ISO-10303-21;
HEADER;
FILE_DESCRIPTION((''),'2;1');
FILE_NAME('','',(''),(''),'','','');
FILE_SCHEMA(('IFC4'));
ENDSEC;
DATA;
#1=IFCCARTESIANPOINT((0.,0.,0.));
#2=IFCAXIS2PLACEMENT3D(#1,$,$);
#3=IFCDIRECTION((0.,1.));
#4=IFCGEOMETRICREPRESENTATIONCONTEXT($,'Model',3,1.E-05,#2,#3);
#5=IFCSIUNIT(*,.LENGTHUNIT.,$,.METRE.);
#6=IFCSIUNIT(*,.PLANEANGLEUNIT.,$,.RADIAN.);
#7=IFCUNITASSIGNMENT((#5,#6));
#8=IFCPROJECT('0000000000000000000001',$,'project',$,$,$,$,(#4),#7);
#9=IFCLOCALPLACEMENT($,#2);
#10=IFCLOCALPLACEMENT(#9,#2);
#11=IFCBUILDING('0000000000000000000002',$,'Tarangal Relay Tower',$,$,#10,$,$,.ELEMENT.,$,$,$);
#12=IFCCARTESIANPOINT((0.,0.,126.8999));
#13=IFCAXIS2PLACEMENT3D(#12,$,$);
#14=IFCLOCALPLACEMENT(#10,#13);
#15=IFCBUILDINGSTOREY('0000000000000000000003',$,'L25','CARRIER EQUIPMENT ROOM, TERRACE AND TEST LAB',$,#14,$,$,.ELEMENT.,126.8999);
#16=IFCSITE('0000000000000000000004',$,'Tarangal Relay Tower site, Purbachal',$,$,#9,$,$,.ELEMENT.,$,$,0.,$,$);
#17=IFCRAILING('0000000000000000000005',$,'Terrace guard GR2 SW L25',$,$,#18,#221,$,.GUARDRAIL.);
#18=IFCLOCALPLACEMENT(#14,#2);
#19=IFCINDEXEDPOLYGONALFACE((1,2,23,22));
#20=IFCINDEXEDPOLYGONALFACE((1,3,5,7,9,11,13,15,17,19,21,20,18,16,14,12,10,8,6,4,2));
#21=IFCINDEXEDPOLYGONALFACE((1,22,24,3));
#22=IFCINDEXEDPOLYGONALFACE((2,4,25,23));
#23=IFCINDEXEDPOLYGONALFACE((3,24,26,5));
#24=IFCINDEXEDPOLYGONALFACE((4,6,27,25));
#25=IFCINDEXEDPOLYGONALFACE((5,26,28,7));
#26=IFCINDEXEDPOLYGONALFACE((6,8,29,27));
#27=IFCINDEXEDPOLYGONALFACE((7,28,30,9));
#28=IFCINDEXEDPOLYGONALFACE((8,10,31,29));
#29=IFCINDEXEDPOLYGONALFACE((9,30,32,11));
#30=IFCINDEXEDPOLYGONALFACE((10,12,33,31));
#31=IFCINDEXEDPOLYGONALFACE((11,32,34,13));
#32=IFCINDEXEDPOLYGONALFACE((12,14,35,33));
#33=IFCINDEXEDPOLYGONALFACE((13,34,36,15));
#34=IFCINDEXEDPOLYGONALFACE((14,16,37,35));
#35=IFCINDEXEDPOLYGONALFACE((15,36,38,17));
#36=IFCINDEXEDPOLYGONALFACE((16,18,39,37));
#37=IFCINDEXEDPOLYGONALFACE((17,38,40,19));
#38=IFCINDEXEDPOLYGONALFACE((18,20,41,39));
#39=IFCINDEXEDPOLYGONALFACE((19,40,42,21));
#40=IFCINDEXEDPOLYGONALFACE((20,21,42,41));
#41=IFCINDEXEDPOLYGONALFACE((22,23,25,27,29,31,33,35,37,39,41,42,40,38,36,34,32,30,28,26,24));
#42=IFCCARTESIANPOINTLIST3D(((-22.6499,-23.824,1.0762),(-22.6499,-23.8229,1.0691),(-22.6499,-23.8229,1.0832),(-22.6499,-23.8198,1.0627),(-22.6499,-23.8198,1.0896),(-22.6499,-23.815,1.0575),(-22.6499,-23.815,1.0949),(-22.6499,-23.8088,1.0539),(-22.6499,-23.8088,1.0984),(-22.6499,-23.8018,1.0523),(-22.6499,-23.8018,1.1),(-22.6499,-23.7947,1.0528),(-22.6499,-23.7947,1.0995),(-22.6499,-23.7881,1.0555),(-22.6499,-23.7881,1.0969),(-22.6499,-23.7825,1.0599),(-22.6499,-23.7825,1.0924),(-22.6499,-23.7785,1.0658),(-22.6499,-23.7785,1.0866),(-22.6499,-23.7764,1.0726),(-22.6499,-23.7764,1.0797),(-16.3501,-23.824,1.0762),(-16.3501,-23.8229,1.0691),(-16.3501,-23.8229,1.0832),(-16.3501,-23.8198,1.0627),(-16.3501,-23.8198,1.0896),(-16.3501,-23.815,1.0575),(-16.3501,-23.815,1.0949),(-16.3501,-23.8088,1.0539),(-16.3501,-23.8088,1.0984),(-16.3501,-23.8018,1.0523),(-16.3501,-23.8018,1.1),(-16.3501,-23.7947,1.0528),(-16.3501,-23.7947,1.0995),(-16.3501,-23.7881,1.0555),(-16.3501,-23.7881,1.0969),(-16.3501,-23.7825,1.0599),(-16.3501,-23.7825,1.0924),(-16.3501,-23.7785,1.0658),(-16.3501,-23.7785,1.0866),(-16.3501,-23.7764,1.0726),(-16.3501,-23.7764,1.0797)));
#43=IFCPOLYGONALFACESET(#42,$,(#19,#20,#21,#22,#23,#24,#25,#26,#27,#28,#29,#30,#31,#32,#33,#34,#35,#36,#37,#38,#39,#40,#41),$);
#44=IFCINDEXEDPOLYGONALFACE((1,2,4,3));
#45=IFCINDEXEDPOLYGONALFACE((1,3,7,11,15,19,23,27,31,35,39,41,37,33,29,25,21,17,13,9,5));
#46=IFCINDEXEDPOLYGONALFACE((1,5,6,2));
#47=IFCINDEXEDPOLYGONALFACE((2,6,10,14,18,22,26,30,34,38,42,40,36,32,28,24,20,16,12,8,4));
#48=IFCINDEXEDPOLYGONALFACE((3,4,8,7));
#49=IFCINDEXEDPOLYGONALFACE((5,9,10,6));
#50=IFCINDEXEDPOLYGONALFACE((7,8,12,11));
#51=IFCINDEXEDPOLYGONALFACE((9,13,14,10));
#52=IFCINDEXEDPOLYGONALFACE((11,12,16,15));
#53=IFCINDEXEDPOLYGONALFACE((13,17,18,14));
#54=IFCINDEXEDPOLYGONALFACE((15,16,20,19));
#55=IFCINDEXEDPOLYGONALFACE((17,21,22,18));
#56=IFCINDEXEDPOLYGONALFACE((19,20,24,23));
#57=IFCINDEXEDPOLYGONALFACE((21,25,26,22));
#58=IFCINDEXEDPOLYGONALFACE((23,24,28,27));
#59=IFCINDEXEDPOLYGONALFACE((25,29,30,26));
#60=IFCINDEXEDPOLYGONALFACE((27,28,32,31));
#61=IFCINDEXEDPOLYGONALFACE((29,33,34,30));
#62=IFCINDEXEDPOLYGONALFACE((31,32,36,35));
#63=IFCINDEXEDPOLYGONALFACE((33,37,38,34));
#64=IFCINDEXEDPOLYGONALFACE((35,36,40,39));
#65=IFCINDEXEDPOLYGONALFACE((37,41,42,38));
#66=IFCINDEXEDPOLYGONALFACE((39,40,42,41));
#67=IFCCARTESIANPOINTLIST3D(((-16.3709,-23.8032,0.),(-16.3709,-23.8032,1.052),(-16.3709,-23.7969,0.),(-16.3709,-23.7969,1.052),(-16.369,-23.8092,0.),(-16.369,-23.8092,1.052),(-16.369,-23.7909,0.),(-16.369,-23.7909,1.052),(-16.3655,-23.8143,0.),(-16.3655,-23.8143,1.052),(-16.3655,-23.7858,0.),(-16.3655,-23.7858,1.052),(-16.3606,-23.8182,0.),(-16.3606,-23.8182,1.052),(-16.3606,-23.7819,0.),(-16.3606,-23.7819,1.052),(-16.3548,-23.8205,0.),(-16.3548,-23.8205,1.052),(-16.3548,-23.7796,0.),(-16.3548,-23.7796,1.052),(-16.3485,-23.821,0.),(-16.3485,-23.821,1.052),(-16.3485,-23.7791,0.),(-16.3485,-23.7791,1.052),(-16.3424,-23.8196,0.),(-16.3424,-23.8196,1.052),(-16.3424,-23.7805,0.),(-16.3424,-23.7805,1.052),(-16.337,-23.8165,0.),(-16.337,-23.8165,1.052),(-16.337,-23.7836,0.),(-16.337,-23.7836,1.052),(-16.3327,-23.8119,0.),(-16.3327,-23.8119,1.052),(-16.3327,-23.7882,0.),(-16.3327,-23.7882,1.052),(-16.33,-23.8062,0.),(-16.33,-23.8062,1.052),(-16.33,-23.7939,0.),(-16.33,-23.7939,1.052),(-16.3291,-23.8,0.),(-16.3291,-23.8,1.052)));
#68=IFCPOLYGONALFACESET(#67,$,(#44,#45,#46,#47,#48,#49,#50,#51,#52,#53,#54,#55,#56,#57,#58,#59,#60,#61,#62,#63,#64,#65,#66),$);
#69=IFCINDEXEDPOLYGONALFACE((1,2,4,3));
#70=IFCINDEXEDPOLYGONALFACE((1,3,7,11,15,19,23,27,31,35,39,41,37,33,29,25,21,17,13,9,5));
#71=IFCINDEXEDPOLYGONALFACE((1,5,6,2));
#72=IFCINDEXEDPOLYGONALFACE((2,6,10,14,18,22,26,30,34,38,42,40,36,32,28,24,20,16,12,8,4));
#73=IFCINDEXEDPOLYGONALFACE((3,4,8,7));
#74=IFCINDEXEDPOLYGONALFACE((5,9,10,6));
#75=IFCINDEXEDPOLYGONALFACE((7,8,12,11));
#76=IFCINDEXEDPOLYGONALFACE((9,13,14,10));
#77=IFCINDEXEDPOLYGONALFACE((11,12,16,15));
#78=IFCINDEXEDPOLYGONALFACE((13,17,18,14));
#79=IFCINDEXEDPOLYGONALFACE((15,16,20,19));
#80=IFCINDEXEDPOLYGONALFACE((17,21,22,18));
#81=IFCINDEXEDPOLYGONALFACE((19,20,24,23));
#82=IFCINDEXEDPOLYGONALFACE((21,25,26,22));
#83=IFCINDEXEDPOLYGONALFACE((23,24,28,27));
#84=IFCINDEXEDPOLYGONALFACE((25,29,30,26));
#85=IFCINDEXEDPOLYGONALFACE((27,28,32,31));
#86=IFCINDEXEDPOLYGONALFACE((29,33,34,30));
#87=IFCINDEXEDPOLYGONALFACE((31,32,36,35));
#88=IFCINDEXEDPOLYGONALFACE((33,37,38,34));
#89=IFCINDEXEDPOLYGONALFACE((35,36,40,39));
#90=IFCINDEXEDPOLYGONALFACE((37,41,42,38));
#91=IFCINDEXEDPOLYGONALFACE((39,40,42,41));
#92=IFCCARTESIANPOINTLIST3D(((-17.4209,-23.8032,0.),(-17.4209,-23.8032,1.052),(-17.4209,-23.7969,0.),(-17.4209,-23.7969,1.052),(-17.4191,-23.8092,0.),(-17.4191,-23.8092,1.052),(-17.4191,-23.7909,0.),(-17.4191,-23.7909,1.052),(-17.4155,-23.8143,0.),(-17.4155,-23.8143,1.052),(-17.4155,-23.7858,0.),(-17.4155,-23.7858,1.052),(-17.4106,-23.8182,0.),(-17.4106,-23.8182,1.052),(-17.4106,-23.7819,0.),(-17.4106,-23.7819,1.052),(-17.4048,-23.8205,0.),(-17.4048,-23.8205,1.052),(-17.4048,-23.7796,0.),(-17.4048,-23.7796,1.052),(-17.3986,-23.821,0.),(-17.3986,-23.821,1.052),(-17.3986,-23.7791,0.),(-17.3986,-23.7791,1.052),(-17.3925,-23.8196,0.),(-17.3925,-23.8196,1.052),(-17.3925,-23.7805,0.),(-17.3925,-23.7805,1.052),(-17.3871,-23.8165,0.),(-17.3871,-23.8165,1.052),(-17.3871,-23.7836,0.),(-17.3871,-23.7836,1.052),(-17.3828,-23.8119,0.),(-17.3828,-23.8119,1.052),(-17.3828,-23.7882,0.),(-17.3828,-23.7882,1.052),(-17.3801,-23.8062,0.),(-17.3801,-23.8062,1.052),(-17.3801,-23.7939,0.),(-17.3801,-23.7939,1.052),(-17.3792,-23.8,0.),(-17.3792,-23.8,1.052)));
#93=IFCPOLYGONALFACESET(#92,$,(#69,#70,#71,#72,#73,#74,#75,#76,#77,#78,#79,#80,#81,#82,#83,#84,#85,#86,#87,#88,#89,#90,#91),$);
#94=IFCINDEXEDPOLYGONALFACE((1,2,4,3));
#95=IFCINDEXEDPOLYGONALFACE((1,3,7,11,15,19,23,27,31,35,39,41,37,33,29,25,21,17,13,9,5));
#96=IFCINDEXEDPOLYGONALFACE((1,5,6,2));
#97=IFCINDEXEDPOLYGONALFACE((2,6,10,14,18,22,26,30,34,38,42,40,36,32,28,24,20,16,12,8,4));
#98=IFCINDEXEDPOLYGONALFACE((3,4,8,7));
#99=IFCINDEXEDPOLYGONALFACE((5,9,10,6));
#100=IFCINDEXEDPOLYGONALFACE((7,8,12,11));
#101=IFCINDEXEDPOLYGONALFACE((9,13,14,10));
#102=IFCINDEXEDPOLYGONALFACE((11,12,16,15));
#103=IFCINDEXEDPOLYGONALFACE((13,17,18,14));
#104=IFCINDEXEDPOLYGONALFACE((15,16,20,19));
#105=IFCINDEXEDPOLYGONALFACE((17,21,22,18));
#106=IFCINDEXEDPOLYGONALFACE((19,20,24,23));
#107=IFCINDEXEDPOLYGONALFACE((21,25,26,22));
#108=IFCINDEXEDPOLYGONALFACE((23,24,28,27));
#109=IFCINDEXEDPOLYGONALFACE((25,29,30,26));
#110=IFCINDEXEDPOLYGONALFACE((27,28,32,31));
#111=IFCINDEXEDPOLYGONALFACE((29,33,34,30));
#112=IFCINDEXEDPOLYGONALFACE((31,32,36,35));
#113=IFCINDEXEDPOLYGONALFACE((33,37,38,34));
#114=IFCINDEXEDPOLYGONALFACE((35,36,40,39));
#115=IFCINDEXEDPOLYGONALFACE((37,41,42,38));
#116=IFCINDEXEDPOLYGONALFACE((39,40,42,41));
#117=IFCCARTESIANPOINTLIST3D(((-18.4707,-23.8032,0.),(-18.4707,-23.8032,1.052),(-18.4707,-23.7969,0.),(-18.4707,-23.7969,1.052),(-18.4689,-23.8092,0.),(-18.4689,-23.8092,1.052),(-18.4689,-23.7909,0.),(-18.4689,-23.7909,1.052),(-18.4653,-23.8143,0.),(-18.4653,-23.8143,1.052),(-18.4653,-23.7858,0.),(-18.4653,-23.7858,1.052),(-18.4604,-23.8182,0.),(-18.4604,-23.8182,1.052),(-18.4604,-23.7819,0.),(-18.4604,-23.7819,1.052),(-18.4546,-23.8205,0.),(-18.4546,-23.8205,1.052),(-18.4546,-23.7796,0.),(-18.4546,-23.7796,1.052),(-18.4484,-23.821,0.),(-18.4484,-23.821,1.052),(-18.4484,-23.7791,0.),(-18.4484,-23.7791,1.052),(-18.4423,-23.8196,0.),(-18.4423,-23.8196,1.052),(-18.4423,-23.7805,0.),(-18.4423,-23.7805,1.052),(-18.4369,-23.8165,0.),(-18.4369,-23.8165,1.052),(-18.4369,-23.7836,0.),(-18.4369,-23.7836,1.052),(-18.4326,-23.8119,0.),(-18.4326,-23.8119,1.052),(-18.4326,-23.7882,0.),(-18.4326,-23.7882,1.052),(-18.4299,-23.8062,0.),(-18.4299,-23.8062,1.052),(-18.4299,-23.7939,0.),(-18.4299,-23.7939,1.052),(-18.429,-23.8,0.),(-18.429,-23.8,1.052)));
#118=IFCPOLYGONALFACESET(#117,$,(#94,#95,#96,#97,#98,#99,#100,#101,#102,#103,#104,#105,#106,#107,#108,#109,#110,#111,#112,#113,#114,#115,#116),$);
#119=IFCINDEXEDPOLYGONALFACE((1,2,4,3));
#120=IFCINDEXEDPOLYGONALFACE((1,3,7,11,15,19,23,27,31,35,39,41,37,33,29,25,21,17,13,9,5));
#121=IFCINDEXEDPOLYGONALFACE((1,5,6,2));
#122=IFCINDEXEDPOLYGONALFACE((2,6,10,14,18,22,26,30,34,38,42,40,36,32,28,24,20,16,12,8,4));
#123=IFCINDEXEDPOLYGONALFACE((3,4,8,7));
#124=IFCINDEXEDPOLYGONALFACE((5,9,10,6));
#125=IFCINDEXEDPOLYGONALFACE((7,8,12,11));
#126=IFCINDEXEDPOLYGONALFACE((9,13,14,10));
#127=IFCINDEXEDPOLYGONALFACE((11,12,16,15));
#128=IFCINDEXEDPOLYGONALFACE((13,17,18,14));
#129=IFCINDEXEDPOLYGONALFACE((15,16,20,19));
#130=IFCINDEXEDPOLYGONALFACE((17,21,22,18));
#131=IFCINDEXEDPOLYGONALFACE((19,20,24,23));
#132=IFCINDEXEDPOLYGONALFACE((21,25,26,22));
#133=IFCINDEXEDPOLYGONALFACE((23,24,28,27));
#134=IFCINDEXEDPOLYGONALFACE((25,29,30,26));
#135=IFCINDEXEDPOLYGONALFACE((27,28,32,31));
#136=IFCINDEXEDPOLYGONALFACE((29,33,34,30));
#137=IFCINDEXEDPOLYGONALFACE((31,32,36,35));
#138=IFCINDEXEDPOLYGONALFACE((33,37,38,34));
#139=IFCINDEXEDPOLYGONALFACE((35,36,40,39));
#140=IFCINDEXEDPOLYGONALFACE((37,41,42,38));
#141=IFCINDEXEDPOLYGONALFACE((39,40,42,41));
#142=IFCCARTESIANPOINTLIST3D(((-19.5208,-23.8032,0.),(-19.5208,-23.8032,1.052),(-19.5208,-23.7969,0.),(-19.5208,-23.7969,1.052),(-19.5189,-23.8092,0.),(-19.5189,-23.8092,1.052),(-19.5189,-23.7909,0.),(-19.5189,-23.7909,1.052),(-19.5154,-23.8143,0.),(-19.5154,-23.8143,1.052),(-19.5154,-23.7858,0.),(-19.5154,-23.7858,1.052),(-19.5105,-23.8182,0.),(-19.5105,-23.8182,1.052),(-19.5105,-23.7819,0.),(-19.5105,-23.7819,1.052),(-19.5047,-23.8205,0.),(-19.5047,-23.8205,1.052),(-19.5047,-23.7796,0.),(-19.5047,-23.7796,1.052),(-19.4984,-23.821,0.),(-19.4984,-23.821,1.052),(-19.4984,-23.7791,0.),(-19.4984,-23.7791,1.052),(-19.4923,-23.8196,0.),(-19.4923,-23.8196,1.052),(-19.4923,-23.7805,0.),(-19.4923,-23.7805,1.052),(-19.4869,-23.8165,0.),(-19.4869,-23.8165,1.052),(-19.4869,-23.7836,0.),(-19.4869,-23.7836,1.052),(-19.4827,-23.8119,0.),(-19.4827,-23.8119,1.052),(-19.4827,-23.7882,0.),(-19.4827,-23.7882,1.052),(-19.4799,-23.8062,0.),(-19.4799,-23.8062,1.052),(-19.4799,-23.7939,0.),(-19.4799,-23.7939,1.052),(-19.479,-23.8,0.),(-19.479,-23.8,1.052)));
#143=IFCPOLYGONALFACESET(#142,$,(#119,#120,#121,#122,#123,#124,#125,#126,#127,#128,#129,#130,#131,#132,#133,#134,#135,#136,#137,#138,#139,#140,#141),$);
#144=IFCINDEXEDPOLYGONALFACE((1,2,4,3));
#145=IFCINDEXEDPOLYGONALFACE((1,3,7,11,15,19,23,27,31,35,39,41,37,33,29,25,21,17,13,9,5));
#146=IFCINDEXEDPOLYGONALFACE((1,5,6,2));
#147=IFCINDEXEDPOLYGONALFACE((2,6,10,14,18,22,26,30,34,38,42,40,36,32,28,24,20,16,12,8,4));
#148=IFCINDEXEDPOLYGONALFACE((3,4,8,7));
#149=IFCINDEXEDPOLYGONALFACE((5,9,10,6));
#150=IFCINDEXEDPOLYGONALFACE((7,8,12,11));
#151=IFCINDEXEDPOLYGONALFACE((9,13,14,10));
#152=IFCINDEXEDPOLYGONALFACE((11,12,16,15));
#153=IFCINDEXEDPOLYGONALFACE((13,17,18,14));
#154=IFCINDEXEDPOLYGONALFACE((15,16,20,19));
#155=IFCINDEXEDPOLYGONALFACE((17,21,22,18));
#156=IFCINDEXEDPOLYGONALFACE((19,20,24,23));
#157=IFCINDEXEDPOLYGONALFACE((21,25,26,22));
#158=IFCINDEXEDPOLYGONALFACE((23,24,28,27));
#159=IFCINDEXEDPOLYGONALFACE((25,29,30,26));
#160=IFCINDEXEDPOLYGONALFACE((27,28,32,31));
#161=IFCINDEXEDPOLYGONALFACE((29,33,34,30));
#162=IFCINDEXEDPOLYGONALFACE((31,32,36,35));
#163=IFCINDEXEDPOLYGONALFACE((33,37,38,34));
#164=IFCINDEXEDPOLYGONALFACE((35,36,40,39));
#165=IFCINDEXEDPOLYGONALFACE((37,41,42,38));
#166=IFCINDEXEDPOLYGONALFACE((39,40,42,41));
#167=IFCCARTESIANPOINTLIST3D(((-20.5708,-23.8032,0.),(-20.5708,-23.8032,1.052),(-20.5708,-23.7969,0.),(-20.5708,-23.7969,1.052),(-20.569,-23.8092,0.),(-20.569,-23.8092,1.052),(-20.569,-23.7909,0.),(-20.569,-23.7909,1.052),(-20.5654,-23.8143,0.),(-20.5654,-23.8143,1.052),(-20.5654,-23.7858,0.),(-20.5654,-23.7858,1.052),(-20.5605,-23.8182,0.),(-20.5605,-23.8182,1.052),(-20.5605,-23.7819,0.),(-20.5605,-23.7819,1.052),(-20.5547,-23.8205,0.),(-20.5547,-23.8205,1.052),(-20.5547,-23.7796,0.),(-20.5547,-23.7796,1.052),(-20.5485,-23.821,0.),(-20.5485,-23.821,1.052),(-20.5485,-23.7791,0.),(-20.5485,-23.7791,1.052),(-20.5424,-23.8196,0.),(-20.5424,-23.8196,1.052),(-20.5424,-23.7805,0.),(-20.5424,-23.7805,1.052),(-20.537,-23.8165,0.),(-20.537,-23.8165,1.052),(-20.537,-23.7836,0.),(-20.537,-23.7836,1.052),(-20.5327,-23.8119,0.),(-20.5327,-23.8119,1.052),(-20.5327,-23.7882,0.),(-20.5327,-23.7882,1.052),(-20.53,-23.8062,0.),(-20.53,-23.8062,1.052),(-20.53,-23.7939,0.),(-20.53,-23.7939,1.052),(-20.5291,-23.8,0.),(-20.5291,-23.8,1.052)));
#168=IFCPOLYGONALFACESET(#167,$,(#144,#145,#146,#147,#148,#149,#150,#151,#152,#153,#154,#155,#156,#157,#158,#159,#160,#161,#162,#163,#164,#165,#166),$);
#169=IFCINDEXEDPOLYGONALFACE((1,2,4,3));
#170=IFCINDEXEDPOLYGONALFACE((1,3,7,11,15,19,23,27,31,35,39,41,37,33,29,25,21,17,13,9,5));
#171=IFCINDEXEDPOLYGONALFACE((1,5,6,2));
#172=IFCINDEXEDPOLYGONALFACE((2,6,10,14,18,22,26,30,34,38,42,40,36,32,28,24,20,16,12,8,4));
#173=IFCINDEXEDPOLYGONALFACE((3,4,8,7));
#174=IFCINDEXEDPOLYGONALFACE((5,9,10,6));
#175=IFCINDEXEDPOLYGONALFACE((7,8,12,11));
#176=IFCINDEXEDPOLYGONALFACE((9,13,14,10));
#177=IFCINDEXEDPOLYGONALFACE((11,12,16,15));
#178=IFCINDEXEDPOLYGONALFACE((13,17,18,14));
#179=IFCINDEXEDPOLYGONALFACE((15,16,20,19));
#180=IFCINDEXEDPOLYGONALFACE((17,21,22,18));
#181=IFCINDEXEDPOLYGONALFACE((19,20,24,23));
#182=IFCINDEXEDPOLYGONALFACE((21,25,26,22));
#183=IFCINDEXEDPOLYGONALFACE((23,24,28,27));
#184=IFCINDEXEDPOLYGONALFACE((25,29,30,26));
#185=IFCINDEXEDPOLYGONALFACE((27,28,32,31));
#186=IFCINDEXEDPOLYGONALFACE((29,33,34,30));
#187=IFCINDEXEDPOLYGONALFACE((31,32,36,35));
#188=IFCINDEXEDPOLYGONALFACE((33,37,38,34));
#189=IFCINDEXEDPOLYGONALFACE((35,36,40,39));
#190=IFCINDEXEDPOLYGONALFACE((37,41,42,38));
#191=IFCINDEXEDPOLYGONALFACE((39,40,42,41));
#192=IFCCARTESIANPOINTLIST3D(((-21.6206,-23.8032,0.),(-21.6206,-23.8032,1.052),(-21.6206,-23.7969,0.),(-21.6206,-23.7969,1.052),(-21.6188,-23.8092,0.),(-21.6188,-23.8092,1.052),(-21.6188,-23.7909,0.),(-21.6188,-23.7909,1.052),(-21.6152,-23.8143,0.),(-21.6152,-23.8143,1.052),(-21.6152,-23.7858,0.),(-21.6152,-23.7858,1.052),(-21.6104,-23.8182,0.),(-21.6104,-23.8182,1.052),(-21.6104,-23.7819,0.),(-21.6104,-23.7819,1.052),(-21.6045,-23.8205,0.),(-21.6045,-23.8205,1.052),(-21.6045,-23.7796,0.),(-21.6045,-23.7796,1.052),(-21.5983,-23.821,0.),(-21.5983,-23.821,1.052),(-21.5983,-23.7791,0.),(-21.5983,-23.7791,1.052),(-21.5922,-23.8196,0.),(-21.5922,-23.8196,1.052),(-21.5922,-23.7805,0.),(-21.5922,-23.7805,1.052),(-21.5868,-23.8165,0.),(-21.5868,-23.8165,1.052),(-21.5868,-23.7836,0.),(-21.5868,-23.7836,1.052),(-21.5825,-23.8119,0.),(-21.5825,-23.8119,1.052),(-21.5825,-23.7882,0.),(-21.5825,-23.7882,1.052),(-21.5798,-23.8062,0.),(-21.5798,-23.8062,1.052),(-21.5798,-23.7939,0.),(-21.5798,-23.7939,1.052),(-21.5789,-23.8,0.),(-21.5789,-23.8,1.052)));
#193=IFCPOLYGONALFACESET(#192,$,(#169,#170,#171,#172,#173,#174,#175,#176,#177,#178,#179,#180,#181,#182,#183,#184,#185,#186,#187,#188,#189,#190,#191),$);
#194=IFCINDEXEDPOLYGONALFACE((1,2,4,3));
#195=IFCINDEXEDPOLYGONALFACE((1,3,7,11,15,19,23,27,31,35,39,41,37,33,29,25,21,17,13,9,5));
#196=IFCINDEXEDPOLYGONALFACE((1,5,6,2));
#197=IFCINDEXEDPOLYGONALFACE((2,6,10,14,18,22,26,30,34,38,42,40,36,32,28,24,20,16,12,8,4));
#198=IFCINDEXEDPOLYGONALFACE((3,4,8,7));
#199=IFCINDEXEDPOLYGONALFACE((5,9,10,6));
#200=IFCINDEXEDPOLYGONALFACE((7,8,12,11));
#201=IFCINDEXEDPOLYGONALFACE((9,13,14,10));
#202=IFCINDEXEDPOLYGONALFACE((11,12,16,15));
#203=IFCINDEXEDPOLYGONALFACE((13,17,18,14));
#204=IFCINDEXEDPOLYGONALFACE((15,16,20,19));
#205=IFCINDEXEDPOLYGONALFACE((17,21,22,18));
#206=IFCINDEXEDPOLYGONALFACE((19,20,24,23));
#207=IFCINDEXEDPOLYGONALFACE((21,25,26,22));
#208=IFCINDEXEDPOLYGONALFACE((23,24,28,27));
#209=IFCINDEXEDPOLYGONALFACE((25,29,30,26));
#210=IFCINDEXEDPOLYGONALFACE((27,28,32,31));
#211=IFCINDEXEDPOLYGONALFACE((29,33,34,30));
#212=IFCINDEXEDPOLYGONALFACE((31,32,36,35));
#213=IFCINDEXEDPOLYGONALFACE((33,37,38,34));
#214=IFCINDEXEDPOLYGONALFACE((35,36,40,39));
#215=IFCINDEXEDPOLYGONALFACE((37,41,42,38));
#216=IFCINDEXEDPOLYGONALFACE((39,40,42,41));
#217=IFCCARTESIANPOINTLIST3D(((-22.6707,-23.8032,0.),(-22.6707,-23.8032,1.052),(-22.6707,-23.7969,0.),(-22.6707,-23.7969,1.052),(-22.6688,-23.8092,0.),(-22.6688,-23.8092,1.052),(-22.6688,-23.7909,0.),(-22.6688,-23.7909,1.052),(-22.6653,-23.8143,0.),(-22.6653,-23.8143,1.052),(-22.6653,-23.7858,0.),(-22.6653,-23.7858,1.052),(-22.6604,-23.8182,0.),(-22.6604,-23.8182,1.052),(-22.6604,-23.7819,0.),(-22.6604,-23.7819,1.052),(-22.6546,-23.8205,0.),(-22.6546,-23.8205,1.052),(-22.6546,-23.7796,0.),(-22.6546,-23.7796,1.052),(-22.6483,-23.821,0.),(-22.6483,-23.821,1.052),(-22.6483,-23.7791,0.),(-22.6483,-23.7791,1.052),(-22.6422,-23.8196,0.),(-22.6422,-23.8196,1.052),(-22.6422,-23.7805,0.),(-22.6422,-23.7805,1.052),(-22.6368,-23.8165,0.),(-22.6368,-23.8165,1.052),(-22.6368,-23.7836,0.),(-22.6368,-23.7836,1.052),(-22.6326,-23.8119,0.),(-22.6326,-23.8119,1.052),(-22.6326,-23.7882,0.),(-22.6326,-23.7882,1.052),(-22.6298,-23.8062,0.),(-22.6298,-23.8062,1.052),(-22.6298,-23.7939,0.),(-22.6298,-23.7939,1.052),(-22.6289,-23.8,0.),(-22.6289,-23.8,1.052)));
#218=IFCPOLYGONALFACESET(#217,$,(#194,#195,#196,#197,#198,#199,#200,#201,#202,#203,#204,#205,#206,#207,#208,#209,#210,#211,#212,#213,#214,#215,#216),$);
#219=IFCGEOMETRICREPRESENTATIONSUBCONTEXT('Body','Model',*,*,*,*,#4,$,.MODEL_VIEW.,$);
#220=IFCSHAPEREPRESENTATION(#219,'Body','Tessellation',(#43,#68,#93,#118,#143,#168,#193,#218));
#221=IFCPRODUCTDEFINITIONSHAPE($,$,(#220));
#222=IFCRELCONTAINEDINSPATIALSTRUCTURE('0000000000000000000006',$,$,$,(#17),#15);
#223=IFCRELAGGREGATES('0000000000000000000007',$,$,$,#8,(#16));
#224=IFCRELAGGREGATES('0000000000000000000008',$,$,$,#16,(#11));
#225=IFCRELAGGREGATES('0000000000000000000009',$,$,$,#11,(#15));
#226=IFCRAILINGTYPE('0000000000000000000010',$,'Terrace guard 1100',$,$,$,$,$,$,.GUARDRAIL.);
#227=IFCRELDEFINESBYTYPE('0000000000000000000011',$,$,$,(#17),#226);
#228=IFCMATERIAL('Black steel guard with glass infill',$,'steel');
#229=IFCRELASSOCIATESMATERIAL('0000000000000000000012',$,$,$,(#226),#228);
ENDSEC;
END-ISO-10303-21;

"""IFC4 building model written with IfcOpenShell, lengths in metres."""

from ifc_helpers import new_model, si_unit, direction, frame, origin, origin_2d, place, context, subcontext, project, spatial, circle, extrude, material, type_object, element, save


model = new_model("IFC4")

# Units and contexts
model_context = context("Model", 3, precision=1e-05, world=origin(), true_north=direction((0.0, 1.0)))
body_context = subcontext(model_context, "Body", "Model", "MODEL_VIEW")
ifc_project = project(units=[si_unit("LENGTHUNIT", "METRE"), si_unit("PLANEANGLEUNIT", "RADIAN")], contexts=[model_context])

# Site, building, storey
site_placement = place(None, origin())
site = spatial("IfcSite", under=ifc_project, at=site_placement, Name="Tarangal Relay Tower site, Purbachal", CompositionType="ELEMENT", RefElevation=0.0)
building_placement = place(site_placement, origin())
building = spatial("IfcBuilding", under=site, at=building_placement, Name="Tarangal Relay Tower", CompositionType="ELEMENT")
storey_placement = place(building_placement, frame((0.0, 0.0, 126.8999)))
storey = spatial("IfcBuildingStorey", under=building, at=storey_placement, Name="L25", Description="CARRIER EQUIPMENT ROOM, TERRACE AND TEST LAB", CompositionType="ELEMENT", Elevation=126.8999)

# Railing
ifc_material_1 = material(Name="Black steel guard with glass infill", Category="steel")
railing_type = type_object("IfcRailingType", Name="Terrace guard 1100", PredefinedType="GUARDRAIL", material=ifc_material_1)
railing_placement = place(storey_placement, frame((-16.3501, -23.8, 0.0)))
element("IfcRailing", 1, at=railing_placement, inside=storey, type_object=railing_type, Name="Terrace guard GR2 SW L25", PredefinedType="GUARDRAIL", context=body_context, shape_type="SweptSolid", body=[
    extrude(circle(Radius=0.0239, at=origin_2d()), frame((0.0, 0.0, 1.0762), z_axis=(-1.0, 0.0, 0.0), x_axis=(0.0, -1.0, 0.0)), (0.0, 0.0, 1.0), 6.2998),
    extrude(circle(Radius=0.021, at=origin_2d()), origin(), (0.0, 0.0, 1.0), 1.052),
    extrude(circle(Radius=0.021, at=origin_2d()), frame((-1.05, 0.0, 0.0)), (0.0, 0.0, 1.0), 1.052),
    extrude(circle(Radius=0.021, at=origin_2d()), frame((-2.0999, 0.0, 0.0)), (0.0, 0.0, 1.0), 1.052),
    extrude(circle(Radius=0.021, at=origin_2d()), frame((-3.1499, 0.0, 0.0)), (0.0, 0.0, 1.0), 1.052),
    extrude(circle(Radius=0.021, at=origin_2d()), frame((-4.2, 0.0, 0.0)), (0.0, 0.0, 1.0), 1.052),
    extrude(circle(Radius=0.021, at=origin_2d()), frame((-5.2498, 0.0, 0.0)), (0.0, 0.0, 1.0), 1.052),
    extrude(circle(Radius=0.021, at=origin_2d()), frame((-6.2998, 0.0, 0.0)), (0.0, 0.0, 1.0), 1.052),
])

save(model, "model.ifc")
